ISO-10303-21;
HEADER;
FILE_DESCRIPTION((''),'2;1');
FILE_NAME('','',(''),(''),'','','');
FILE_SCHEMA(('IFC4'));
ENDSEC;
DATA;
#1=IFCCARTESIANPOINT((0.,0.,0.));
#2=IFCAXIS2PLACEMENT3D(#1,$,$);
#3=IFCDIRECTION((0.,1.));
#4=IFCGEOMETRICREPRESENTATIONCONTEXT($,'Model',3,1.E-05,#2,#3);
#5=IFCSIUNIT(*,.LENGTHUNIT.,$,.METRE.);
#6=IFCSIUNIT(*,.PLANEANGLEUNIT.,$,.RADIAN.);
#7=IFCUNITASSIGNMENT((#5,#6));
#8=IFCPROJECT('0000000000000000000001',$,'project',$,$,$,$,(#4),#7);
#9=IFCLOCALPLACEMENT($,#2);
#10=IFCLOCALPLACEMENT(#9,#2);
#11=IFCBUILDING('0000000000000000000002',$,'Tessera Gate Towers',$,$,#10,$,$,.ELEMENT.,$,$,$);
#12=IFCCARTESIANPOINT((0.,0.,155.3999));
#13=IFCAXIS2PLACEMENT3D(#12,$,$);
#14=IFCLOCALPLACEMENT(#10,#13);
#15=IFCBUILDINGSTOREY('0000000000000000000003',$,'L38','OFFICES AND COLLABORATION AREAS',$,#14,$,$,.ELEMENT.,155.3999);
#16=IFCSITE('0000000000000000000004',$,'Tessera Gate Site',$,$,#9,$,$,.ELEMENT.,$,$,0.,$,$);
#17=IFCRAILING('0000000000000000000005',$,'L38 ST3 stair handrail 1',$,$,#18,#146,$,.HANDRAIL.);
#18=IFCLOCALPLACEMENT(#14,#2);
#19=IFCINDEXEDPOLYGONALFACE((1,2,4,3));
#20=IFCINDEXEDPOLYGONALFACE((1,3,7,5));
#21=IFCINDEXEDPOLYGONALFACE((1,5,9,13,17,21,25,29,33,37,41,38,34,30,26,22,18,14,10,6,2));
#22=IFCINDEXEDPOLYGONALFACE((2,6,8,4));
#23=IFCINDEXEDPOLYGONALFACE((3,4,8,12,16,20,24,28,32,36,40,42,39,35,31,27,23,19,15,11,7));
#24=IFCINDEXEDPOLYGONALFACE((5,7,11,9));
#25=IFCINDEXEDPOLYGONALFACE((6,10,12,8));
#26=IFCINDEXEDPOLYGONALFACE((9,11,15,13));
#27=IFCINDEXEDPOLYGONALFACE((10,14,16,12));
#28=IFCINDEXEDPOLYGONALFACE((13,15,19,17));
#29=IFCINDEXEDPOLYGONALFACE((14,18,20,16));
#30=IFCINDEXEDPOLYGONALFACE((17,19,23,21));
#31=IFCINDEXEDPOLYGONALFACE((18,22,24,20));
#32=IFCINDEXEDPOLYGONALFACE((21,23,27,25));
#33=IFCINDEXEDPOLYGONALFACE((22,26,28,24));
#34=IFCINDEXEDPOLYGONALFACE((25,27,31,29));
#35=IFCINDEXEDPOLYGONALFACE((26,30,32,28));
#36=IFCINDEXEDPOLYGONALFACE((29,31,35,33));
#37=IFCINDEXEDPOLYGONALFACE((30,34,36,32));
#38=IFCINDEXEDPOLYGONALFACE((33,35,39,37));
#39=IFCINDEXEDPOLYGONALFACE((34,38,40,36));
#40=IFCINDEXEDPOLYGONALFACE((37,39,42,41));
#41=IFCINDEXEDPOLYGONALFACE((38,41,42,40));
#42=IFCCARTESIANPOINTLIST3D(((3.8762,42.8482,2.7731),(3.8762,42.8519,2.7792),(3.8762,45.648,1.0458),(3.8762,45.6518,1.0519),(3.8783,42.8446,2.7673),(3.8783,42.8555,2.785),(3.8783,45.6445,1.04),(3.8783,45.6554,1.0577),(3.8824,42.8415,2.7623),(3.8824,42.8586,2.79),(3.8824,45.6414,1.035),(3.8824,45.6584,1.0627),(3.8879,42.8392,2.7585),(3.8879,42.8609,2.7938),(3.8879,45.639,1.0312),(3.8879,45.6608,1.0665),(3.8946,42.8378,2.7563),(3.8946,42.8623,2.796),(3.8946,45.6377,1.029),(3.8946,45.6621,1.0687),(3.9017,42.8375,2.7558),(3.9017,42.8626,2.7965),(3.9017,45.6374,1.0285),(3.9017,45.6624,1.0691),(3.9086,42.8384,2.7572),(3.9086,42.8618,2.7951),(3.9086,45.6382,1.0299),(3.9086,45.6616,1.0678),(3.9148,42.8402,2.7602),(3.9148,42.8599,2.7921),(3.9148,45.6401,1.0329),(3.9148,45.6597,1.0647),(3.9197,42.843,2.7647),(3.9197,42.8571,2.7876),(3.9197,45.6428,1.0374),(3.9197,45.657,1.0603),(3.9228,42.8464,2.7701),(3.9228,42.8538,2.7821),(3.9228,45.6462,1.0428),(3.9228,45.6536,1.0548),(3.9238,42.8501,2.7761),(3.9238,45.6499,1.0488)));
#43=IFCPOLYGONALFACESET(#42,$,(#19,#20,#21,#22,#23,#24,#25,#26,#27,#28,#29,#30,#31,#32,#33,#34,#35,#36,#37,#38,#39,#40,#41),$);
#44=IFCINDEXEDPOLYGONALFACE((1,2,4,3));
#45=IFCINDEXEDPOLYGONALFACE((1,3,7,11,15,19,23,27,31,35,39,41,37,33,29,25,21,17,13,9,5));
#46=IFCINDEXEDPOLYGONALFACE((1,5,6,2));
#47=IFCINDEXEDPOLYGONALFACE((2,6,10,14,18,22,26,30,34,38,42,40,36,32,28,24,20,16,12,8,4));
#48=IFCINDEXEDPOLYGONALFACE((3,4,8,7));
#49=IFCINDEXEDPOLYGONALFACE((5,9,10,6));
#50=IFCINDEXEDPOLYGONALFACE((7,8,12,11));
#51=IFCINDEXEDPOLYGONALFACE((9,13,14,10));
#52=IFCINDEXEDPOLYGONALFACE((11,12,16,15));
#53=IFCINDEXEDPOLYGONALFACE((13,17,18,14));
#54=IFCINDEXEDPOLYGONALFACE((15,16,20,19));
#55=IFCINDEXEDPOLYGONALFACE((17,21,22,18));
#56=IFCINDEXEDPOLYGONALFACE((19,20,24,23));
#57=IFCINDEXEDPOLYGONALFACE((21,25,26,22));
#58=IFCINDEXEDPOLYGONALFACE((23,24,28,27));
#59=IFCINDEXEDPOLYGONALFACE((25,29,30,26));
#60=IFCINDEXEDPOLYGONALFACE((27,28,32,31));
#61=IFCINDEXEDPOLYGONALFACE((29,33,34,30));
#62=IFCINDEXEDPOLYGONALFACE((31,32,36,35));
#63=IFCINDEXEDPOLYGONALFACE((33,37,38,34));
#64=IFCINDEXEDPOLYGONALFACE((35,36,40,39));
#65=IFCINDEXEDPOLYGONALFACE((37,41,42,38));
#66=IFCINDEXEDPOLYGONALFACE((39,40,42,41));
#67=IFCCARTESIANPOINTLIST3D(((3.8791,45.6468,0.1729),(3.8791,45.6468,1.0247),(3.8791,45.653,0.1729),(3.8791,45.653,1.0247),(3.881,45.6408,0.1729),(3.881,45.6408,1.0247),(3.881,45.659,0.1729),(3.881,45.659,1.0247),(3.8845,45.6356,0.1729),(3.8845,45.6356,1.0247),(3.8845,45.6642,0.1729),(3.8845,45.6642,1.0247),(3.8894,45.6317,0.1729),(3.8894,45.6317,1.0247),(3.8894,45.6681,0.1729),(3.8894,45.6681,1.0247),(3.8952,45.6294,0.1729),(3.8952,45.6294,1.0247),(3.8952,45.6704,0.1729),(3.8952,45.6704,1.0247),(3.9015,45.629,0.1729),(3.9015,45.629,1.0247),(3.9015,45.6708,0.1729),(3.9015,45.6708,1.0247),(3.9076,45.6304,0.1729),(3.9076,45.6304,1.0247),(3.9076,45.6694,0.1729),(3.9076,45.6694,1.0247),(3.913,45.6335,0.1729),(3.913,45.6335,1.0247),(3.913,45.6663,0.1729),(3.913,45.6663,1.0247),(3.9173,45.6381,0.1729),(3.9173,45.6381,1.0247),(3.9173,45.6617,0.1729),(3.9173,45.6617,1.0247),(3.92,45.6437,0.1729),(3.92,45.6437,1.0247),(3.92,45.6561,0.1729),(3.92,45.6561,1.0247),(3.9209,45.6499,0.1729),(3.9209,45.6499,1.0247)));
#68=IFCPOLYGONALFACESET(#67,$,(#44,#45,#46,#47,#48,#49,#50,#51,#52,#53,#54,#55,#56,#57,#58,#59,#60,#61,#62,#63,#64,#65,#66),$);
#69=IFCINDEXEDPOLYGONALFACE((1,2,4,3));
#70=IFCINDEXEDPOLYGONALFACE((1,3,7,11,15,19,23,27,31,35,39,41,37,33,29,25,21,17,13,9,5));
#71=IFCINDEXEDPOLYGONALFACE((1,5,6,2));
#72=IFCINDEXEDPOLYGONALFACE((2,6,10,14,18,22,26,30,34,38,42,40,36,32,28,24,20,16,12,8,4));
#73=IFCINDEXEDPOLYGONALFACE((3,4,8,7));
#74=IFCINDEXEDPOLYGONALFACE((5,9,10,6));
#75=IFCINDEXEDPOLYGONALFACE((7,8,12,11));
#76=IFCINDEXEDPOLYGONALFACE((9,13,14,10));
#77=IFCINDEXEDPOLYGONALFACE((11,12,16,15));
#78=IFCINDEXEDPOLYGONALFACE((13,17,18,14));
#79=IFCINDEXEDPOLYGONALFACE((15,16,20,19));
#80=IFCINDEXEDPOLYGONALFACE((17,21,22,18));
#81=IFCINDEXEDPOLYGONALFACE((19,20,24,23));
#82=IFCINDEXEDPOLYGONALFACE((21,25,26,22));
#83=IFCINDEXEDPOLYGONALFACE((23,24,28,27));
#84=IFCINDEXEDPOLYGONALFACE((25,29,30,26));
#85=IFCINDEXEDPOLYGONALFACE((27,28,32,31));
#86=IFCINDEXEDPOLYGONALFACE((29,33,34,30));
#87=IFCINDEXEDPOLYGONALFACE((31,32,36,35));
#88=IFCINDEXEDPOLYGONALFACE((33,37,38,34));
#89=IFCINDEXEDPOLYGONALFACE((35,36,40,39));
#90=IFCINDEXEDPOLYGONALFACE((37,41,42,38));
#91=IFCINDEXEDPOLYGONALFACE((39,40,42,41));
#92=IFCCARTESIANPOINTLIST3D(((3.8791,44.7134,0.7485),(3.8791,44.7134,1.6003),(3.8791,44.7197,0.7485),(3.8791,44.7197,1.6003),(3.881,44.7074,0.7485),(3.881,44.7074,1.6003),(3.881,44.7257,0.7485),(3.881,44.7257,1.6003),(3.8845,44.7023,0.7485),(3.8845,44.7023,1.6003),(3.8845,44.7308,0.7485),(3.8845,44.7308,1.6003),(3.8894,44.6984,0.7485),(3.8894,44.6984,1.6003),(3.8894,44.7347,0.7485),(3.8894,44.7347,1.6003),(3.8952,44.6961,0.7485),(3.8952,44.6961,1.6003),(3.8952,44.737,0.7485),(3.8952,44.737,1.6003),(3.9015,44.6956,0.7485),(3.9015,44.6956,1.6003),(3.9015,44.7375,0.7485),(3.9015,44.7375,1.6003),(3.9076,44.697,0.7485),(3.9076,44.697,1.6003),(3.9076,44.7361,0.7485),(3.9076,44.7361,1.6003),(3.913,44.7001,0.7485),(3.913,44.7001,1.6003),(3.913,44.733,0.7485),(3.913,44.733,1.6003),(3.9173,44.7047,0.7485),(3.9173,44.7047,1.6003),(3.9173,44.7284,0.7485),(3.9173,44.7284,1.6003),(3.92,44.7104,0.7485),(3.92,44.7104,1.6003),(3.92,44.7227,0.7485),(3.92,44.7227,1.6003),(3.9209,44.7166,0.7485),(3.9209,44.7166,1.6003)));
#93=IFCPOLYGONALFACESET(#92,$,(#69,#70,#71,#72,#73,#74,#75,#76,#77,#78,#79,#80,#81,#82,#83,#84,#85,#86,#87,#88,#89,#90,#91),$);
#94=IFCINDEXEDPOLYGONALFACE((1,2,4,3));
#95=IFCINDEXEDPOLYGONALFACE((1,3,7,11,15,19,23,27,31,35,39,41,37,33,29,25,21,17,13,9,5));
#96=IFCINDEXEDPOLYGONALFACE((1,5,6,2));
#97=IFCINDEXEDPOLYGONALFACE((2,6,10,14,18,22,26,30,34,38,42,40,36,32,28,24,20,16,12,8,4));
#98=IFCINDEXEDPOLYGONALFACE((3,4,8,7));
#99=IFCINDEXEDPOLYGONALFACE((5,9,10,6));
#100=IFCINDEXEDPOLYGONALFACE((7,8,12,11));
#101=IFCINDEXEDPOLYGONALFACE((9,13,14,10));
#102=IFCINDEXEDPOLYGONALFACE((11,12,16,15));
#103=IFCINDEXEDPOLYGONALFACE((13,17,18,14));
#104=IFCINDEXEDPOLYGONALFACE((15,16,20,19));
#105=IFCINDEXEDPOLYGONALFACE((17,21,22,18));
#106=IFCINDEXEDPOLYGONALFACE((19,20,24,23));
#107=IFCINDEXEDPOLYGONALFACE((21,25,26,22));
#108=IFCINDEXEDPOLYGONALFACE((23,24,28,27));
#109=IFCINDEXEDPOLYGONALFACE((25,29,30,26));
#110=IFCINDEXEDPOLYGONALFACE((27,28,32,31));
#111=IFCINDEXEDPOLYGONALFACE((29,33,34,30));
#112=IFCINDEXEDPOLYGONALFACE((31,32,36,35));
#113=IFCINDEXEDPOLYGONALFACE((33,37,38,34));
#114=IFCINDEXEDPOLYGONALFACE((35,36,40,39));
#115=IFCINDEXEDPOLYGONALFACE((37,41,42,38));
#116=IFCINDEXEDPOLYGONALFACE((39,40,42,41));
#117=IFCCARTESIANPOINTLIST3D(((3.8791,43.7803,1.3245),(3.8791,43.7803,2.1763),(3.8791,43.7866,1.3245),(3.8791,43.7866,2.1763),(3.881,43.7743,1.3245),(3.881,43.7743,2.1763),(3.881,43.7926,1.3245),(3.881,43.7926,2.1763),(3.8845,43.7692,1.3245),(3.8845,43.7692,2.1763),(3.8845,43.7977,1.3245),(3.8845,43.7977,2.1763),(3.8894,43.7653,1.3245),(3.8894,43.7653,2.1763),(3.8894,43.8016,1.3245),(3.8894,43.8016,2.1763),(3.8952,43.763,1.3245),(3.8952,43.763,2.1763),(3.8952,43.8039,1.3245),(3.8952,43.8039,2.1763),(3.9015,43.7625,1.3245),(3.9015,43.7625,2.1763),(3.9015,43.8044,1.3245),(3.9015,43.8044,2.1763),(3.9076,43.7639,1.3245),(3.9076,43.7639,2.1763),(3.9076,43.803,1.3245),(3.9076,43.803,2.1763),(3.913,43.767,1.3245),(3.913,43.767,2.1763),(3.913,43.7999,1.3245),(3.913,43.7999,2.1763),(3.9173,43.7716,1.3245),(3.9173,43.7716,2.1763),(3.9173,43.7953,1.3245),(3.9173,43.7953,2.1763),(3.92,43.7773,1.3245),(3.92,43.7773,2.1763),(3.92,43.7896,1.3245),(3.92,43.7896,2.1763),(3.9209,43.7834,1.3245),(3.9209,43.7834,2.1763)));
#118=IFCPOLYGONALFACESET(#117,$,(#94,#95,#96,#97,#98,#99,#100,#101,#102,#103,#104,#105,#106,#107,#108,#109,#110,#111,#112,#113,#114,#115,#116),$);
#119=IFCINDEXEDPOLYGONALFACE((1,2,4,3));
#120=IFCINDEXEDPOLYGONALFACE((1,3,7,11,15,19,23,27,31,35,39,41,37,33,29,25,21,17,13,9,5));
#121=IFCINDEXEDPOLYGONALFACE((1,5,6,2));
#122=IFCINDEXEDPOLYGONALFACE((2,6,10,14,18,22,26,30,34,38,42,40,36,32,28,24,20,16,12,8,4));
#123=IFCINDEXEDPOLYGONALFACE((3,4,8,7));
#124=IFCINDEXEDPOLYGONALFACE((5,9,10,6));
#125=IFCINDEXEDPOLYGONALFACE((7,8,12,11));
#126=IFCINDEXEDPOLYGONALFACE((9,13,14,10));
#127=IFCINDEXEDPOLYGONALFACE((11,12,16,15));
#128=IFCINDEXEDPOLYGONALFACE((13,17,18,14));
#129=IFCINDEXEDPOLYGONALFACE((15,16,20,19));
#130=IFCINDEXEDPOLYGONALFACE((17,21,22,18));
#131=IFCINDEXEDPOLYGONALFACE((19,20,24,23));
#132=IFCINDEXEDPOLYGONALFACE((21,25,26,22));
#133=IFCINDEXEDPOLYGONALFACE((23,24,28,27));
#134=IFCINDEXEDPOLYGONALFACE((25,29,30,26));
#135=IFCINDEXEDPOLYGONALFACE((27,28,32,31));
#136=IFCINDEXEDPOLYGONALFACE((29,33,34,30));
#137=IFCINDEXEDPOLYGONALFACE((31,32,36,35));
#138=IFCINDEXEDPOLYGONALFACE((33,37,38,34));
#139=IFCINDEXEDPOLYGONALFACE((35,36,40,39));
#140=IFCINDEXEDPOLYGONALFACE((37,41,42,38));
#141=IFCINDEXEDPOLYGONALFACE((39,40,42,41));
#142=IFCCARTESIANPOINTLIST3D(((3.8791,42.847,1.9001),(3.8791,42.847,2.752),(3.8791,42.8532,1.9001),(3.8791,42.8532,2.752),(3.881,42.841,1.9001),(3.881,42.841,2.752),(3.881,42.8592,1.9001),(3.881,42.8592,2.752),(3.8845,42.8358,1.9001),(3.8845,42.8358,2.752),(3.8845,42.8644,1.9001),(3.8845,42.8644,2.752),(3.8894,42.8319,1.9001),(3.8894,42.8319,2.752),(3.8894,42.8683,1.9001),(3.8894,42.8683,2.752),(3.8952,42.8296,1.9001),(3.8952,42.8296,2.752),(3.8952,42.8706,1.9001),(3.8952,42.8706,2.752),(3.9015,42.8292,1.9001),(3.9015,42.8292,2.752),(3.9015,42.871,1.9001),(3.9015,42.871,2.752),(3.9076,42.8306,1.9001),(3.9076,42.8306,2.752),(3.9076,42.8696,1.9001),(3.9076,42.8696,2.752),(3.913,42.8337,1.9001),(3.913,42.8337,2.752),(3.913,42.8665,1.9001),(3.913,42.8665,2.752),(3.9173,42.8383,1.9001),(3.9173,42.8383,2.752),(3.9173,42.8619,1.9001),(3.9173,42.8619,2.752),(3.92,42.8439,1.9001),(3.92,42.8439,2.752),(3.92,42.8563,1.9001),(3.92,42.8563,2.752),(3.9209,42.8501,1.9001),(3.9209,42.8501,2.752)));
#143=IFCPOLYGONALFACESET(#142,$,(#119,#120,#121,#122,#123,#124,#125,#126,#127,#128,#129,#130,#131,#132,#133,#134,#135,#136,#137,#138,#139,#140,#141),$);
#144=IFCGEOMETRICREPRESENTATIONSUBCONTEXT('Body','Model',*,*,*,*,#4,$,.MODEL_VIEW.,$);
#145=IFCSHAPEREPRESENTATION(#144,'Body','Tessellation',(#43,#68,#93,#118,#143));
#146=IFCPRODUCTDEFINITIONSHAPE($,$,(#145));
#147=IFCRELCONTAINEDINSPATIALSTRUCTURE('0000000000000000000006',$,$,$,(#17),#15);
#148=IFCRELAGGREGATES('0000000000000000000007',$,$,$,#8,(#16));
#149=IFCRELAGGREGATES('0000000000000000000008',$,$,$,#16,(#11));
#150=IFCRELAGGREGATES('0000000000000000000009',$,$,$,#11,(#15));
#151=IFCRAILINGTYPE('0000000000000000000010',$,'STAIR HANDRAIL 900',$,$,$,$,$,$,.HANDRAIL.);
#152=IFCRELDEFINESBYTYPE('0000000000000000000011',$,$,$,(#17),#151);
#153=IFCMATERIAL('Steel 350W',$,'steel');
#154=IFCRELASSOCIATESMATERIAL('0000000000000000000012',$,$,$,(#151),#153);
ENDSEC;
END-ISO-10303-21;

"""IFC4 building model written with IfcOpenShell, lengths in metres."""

from ifc_helpers import new_model, si_unit, direction, frame, origin, origin_2d, place, context, subcontext, project, spatial, circle, extrude, material, type_object, element, save


model = new_model("IFC4")

# Units and contexts
model_context = context("Model", 3, precision=1e-05, world=origin(), true_north=direction((0.0, 1.0)))
body_context = subcontext(model_context, "Body", "Model", "MODEL_VIEW")
ifc_project = project(units=[si_unit("LENGTHUNIT", "METRE"), si_unit("PLANEANGLEUNIT", "RADIAN")], contexts=[model_context])

# Site, building, storey
site_placement = place(None, origin())
site = spatial("IfcSite", under=ifc_project, at=site_placement, Name="Tessera Gate Site", CompositionType="ELEMENT", RefElevation=0.0)
building_placement = place(site_placement, origin())
building = spatial("IfcBuilding", under=site, at=building_placement, Name="Tessera Gate Towers", CompositionType="ELEMENT")
storey_placement = place(building_placement, frame((0.0, 0.0, 155.3999)))
storey = spatial("IfcBuildingStorey", under=building, at=storey_placement, Name="L38", Description="OFFICES AND COLLABORATION AREAS", CompositionType="ELEMENT", Elevation=155.3999)

# Railing
ifc_material_1 = material(Name="Steel 350W", Category="steel")
railing_type_1 = type_object("IfcRailingType", Name="STAIR HANDRAIL 900", PredefinedType="HANDRAIL", material=ifc_material_1)
railing_1_placement = place(storey_placement, frame((3.8999, 45.6499, 0.1729)))
element("IfcRailing", 1, at=railing_1_placement, inside=storey, type_object=railing_type_1, Name="L38 ST3 stair handrail 1", PredefinedType="HANDRAIL", context=body_context, shape_type="SweptSolid", body=[
    extrude(circle(Radius=0.0239, at=origin_2d()), frame((0.0, 0.0, 0.876), z_axis=(0.0, -0.851069, 0.525054), x_axis=(1.0, 0.0, 0.0)), (0.0, 0.0, 1.0), 3.2898),
    extrude(circle(Radius=0.021, at=origin_2d()), origin(), (0.0, 0.0, 1.0), 0.8518),
    extrude(circle(Radius=0.021, at=origin_2d()), frame((0.0, -0.9333, 0.5757)), (0.0, 0.0, 1.0), 0.8518),
    extrude(circle(Radius=0.021, at=origin_2d()), frame((0.0, -1.8665, 1.1516)), (0.0, 0.0, 1.0), 0.8518),
    extrude(circle(Radius=0.021, at=origin_2d()), frame((0.0, -2.7998, 1.7273)), (0.0, 0.0, 1.0), 0.8518),
])

save(model, "model.ifc")
